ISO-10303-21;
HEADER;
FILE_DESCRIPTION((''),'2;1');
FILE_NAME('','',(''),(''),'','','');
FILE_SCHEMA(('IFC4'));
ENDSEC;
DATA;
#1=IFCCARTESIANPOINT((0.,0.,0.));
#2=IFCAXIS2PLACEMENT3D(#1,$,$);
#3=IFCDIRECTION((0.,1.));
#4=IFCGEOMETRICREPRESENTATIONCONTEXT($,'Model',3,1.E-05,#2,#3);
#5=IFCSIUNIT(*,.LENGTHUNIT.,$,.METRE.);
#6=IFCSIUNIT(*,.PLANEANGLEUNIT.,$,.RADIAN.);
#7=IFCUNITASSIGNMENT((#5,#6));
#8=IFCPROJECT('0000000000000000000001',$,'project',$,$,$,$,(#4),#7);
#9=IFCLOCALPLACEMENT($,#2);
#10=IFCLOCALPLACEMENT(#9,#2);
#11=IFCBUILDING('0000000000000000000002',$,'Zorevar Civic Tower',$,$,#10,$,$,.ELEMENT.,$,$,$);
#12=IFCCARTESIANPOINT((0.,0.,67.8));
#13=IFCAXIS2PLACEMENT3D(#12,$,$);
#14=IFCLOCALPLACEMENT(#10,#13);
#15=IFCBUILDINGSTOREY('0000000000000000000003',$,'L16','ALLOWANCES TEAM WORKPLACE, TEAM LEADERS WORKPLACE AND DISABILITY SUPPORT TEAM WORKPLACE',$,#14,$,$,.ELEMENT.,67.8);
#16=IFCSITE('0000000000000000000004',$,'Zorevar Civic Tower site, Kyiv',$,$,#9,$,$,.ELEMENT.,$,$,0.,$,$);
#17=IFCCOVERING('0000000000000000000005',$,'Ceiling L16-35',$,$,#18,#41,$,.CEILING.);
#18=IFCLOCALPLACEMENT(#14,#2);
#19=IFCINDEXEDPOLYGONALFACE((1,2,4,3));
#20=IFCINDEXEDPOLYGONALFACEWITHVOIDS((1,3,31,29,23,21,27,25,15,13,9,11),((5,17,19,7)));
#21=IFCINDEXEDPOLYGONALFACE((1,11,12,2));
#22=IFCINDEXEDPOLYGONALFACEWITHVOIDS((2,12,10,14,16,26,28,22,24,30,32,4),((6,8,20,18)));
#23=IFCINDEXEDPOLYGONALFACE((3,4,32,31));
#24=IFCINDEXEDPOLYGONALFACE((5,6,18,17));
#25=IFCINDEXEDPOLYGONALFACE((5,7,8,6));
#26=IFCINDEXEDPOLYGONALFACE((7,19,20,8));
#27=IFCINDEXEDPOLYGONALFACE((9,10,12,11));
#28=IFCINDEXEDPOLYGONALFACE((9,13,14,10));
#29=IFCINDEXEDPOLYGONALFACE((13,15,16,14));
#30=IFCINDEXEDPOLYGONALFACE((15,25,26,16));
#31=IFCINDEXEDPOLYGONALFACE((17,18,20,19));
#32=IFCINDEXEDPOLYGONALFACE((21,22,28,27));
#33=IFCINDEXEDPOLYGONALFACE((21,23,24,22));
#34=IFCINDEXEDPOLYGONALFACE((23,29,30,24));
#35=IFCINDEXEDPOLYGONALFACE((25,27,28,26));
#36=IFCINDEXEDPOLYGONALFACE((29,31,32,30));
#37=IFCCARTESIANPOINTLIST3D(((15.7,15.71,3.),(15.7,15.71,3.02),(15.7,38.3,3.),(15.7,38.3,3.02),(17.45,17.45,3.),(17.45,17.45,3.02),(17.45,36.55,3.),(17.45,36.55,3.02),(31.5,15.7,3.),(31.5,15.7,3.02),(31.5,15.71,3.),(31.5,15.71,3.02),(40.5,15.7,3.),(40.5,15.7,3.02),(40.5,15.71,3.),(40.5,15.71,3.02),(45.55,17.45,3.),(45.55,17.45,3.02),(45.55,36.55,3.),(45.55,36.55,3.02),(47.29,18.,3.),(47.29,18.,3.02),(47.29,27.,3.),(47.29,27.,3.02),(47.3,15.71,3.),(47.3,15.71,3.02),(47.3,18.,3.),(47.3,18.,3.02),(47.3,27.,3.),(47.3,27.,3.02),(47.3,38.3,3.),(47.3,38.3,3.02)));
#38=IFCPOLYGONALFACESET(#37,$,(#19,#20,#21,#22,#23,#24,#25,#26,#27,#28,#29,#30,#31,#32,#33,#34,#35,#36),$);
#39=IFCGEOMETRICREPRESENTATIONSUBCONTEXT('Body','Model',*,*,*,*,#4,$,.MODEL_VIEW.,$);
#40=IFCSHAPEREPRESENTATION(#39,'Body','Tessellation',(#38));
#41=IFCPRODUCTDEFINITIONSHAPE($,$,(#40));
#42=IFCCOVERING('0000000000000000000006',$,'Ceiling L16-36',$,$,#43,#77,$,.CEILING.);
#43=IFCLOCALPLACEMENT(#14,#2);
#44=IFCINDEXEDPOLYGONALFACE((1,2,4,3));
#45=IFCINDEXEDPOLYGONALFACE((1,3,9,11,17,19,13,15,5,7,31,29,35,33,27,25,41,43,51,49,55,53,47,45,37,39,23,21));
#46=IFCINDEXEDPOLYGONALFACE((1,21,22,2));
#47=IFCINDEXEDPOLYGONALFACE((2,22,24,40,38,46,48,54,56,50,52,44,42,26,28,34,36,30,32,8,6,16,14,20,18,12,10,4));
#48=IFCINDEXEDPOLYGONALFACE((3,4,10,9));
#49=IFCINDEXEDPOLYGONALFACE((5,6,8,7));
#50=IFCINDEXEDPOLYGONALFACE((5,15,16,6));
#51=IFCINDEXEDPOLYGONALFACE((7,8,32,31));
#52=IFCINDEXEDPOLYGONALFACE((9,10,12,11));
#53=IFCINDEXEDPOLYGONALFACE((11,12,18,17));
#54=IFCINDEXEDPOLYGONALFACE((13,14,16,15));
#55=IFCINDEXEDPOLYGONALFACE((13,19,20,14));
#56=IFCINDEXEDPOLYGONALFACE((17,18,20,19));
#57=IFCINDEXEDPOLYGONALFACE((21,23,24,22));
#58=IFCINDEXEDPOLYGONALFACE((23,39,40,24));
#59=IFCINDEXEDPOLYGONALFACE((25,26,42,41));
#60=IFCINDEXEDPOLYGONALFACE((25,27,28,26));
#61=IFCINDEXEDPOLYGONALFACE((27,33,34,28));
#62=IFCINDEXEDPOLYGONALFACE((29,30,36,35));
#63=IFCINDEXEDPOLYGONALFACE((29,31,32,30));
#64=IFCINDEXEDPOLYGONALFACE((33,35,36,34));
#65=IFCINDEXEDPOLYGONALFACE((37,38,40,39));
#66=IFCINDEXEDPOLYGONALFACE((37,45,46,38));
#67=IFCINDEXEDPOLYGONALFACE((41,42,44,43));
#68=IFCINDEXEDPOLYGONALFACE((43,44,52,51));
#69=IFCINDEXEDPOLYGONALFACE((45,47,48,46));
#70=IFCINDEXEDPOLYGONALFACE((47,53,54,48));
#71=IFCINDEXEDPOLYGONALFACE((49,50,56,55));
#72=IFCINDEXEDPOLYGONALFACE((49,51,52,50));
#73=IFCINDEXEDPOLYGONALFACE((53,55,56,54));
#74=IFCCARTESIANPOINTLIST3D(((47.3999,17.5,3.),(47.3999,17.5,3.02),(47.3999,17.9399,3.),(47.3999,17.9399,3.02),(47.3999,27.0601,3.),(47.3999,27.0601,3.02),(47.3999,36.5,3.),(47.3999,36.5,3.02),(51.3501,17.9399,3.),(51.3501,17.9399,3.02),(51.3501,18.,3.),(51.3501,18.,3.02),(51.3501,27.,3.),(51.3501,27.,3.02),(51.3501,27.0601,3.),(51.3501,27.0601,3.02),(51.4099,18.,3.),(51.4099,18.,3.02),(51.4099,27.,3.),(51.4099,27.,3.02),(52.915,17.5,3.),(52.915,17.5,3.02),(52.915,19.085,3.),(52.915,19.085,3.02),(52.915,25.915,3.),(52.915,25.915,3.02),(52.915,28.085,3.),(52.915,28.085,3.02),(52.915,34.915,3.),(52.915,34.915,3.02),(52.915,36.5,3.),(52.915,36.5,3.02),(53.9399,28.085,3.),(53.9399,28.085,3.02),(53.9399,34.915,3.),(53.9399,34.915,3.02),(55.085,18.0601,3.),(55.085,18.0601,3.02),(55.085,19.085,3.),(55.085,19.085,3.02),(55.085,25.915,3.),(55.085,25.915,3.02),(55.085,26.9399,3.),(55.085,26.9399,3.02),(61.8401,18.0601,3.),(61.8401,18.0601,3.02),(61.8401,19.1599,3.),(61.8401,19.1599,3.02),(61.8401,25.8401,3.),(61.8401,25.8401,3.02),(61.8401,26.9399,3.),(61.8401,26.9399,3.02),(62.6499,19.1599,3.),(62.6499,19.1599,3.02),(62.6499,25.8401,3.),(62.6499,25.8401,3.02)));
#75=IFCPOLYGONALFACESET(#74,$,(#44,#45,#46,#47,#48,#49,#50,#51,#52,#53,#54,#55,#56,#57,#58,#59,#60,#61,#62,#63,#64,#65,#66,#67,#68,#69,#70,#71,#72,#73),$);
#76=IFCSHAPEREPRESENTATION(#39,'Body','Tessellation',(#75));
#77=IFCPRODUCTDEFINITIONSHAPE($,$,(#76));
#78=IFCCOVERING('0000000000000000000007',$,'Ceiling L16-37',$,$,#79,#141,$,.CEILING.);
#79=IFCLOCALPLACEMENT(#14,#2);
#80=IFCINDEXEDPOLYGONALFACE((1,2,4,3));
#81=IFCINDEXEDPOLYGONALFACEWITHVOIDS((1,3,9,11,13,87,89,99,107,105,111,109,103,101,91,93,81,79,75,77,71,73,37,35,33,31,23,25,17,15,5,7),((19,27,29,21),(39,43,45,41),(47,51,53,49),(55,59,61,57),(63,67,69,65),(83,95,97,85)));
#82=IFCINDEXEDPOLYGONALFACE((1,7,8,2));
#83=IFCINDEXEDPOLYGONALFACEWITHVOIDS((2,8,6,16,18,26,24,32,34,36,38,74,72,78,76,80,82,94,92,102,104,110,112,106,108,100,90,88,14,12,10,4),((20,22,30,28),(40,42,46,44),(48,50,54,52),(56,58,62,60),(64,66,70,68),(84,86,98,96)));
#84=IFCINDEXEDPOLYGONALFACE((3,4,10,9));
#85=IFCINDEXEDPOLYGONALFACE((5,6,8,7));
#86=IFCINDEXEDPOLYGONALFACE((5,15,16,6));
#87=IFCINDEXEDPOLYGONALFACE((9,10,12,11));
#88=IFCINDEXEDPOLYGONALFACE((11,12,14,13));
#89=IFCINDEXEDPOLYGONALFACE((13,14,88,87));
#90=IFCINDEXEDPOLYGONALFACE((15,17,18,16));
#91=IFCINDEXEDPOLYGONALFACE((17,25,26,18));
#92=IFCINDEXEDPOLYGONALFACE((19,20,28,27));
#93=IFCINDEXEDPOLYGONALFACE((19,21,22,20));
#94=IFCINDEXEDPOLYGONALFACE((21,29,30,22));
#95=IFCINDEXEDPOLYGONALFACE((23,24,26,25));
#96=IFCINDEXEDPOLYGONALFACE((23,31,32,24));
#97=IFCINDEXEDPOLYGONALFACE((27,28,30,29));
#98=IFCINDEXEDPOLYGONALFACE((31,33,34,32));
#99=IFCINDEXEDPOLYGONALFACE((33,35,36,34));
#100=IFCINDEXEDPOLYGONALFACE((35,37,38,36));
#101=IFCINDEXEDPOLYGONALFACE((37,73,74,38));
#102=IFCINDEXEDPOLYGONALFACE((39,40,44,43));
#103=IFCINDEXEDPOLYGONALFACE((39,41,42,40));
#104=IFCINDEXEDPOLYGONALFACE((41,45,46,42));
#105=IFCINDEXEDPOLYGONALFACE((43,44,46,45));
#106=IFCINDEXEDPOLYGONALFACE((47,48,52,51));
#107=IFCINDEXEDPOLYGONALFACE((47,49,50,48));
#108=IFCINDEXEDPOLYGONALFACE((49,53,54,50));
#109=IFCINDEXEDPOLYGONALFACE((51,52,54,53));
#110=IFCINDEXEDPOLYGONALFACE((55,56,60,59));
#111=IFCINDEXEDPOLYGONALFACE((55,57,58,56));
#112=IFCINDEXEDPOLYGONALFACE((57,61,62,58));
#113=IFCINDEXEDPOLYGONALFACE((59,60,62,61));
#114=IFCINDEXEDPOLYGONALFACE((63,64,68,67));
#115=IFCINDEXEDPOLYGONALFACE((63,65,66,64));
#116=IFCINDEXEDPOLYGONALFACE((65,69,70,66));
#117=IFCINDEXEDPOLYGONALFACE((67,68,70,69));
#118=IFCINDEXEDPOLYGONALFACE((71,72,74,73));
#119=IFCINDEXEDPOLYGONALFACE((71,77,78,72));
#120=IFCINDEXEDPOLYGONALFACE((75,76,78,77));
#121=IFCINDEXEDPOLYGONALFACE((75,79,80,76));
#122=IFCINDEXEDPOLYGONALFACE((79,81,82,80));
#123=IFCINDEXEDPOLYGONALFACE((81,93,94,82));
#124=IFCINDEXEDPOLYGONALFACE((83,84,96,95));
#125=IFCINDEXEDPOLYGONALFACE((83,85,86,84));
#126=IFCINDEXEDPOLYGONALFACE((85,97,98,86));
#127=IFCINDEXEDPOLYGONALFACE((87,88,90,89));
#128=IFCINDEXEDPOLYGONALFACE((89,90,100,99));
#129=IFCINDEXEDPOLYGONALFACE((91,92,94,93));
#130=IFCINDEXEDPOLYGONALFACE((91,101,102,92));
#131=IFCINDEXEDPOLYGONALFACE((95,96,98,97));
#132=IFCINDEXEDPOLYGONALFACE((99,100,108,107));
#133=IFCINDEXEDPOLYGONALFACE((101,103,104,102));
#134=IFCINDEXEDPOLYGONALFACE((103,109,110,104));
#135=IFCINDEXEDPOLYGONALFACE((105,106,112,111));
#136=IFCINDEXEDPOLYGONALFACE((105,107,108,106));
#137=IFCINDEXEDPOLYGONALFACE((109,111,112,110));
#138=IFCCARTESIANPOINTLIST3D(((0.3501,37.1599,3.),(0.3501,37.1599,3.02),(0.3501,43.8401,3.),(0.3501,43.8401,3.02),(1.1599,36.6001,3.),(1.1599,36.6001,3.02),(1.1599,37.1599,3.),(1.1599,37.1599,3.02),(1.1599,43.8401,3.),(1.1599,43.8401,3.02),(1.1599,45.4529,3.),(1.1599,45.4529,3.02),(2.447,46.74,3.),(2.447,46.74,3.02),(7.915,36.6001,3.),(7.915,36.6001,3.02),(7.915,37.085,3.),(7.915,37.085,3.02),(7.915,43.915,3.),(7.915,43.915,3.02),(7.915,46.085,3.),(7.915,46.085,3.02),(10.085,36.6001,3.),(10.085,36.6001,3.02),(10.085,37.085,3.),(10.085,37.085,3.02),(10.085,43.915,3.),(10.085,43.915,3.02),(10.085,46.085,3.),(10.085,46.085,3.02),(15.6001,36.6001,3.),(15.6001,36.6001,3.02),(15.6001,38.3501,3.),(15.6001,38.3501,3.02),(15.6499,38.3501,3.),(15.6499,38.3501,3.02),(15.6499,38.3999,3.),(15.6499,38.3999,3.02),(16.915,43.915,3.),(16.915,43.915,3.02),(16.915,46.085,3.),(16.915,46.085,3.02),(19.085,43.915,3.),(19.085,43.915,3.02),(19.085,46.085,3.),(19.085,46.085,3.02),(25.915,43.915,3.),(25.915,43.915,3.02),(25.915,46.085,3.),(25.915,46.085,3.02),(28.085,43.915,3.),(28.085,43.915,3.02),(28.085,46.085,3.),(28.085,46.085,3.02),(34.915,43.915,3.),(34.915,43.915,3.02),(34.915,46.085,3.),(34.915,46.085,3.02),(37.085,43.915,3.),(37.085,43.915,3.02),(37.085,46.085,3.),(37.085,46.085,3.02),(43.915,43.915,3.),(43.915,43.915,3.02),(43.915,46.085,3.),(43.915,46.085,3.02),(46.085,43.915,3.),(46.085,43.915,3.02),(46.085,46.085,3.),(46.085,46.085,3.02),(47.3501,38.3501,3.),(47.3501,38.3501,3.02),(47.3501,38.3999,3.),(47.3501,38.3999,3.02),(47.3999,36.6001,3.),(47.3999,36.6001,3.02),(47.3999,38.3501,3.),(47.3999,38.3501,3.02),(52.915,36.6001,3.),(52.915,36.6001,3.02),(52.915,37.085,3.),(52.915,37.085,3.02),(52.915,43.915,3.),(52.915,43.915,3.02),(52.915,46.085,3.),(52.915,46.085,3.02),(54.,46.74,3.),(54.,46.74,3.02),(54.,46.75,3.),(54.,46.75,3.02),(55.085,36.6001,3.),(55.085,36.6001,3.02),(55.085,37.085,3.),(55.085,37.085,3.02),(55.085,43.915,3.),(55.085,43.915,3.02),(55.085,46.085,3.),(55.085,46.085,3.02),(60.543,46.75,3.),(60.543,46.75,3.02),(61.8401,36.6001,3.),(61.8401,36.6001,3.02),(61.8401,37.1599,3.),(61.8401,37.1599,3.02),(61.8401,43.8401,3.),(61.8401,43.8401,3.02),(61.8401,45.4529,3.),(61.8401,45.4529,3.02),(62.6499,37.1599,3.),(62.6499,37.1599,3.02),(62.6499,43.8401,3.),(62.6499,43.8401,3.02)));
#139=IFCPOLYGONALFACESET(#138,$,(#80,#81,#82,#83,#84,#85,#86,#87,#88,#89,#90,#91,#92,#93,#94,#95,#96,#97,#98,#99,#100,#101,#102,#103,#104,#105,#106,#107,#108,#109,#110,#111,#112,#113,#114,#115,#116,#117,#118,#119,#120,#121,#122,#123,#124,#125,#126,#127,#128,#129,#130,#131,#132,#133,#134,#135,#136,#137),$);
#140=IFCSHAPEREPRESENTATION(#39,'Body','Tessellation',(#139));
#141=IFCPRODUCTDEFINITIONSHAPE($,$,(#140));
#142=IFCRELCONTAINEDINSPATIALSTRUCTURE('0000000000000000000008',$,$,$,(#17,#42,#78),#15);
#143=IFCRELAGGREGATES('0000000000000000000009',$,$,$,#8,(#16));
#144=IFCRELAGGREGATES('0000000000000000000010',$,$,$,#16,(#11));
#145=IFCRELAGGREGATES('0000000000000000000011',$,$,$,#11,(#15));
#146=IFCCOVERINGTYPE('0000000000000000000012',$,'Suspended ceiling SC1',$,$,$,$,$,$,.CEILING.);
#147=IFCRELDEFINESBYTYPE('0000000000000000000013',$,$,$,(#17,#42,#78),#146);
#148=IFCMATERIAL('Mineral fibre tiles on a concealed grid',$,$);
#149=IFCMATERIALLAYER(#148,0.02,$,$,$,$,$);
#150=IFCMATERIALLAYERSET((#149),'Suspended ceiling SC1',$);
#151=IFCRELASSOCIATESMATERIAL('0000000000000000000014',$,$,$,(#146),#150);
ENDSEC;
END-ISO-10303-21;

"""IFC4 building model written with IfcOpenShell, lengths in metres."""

from ifc_helpers import new_model, si_unit, direction, frame, origin, place, context, subcontext, project, spatial, polyline, outline, extrude, material, layer, layer_set, type_object, element, save


model = new_model("IFC4")

# Units and contexts
model_context = context("Model", 3, precision=1e-05, world=origin(), true_north=direction((0.0, 1.0)))
body_context = subcontext(model_context, "Body", "Model", "MODEL_VIEW")
ifc_project = project(units=[si_unit("LENGTHUNIT", "METRE"), si_unit("PLANEANGLEUNIT", "RADIAN")], contexts=[model_context])

# Site, building, storey
site_placement = place(None, origin())
site = spatial("IfcSite", under=ifc_project, at=site_placement, Name="Zorevar Civic Tower site, Kyiv", CompositionType="ELEMENT", RefElevation=0.0)
building_placement = place(site_placement, origin())
building = spatial("IfcBuilding", under=site, at=building_placement, Name="Zorevar Civic Tower", CompositionType="ELEMENT")
storey_placement = place(building_placement, frame((0.0, 0.0, 67.8)))
storey = spatial("IfcBuildingStorey", under=building, at=storey_placement, Name="L16", Description="ALLOWANCES TEAM WORKPLACE, TEAM LEADERS WORKPLACE AND DISABILITY SUPPORT TEAM WORKPLACE", CompositionType="ELEMENT", Elevation=67.8)

# Coverings
ifc_material_1 = material(Name="Mineral fibre tiles on a concealed grid")
ifc_layer_1 = layer(ifc_material_1, 0.02)
ifc_layer_set_1 = layer_set([ifc_layer_1], Name="Suspended ceiling SC1")
covering_type_1 = type_object("IfcCoveringType", Name="Suspended ceiling SC1", PredefinedType="CEILING", material=ifc_layer_set_1)
covering_1_placement = place(storey_placement, frame((0.0, 0.0, 3.0)))
element("IfcCovering", 1, at=covering_1_placement, inside=storey, type_object=covering_type_1, Name="Ceiling L16-35", PredefinedType="CEILING", context=body_context, shape_type="SweptSolid", body=[
    extrude(outline(polyline([(15.7, 38.3), (47.3, 38.3), (47.3, 27.0), (47.29, 27.0), (47.29, 18.0), (47.3, 18.0), (47.3, 15.71), (40.5, 15.71), (40.5, 15.7), (31.5, 15.7), (31.5, 15.71), (15.7, 15.71), (15.7, 38.3)]), holes=[polyline([(45.55, 36.55), (17.45, 36.55), (17.45, 17.45), (45.55, 17.45), (45.55, 36.55)])]), origin(), (0.0, 0.0, 1.0), 0.02),
])
covering_2_placement = place(storey_placement, frame((0.0, 0.0, 3.0)))
element("IfcCovering", 2, at=covering_2_placement, inside=storey, type_object=covering_type_1, Name="Ceiling L16-36", PredefinedType="CEILING", context=body_context, shape_type="SweptSolid", body=[
    extrude(outline(polyline([(62.6499, 19.1599), (61.8401, 19.1599), (61.8401, 18.0601), (55.085, 18.0601), (55.085, 19.085), (52.915, 19.085), (52.915, 17.5), (47.3999, 17.5), (47.3999, 17.9399), (51.3501, 17.9399), (51.3501, 18.0), (51.4099, 18.0), (51.4099, 27.0), (51.3501, 27.0), (51.3501, 27.0601), (47.3999, 27.0601), (47.3999, 36.5), (52.915, 36.5), (52.915, 34.915), (53.9399, 34.915), (53.9399, 28.085), (52.915, 28.085), (52.915, 25.915), (55.085, 25.915), (55.085, 26.9399), (61.8401, 26.9399), (61.8401, 25.8401), (62.6499, 25.8401), (62.6499, 19.1599)])), origin(), (0.0, 0.0, 1.0), 0.02),
])
covering_3_placement = place(storey_placement, frame((0.0, 0.0, 3.0)))
element("IfcCovering", 3, at=covering_3_placement, inside=storey, type_object=covering_type_1, Name="Ceiling L16-37", PredefinedType="CEILING", context=body_context, shape_type="SweptSolid", body=[
    extrude(outline(polyline([(15.6499, 38.3501), (15.6001, 38.3501), (15.6001, 36.6001), (10.085, 36.6001), (10.085, 37.085), (7.915, 37.085), (7.915, 36.6001), (1.1599, 36.6001), (1.1599, 37.1599), (0.3501, 37.1599), (0.3501, 43.8401), (1.1599, 43.8401), (1.1599, 45.4529), (2.447, 46.74), (54.0, 46.74), (54.0, 46.75), (60.543, 46.75), (61.8401, 45.4529), (61.8401, 43.8401), (62.6499, 43.8401), (62.6499, 37.1599), (61.8401, 37.1599), (61.8401, 36.6001), (55.085, 36.6001), (55.085, 37.085), (52.915, 37.085), (52.915, 36.6001), (47.3999, 36.6001), (47.3999, 38.3501), (47.3501, 38.3501), (47.3501, 38.3999), (15.6499, 38.3999), (15.6499, 38.3501)]), holes=[polyline([(7.915, 43.915), (10.085, 43.915), (10.085, 46.085), (7.915, 46.085), (7.915, 43.915)]), polyline([(16.915, 46.085), (16.915, 43.915), (19.085, 43.915), (19.085, 46.085), (16.915, 46.085)]), polyline([(28.085, 46.085), (25.915, 46.085), (25.915, 43.915), (28.085, 43.915), (28.085, 46.085)]), polyline([(37.085, 43.915), (37.085, 46.085), (34.915, 46.085), (34.915, 43.915), (37.085, 43.915)]), polyline([(43.915, 43.915), (46.085, 43.915), (46.085, 46.085), (43.915, 46.085), (43.915, 43.915)]), polyline([(55.085, 46.085), (52.915, 46.085), (52.915, 43.915), (55.085, 43.915), (55.085, 46.085)])]), origin(), (0.0, 0.0, 1.0), 0.02),
])

save(model, "model.ifc")
